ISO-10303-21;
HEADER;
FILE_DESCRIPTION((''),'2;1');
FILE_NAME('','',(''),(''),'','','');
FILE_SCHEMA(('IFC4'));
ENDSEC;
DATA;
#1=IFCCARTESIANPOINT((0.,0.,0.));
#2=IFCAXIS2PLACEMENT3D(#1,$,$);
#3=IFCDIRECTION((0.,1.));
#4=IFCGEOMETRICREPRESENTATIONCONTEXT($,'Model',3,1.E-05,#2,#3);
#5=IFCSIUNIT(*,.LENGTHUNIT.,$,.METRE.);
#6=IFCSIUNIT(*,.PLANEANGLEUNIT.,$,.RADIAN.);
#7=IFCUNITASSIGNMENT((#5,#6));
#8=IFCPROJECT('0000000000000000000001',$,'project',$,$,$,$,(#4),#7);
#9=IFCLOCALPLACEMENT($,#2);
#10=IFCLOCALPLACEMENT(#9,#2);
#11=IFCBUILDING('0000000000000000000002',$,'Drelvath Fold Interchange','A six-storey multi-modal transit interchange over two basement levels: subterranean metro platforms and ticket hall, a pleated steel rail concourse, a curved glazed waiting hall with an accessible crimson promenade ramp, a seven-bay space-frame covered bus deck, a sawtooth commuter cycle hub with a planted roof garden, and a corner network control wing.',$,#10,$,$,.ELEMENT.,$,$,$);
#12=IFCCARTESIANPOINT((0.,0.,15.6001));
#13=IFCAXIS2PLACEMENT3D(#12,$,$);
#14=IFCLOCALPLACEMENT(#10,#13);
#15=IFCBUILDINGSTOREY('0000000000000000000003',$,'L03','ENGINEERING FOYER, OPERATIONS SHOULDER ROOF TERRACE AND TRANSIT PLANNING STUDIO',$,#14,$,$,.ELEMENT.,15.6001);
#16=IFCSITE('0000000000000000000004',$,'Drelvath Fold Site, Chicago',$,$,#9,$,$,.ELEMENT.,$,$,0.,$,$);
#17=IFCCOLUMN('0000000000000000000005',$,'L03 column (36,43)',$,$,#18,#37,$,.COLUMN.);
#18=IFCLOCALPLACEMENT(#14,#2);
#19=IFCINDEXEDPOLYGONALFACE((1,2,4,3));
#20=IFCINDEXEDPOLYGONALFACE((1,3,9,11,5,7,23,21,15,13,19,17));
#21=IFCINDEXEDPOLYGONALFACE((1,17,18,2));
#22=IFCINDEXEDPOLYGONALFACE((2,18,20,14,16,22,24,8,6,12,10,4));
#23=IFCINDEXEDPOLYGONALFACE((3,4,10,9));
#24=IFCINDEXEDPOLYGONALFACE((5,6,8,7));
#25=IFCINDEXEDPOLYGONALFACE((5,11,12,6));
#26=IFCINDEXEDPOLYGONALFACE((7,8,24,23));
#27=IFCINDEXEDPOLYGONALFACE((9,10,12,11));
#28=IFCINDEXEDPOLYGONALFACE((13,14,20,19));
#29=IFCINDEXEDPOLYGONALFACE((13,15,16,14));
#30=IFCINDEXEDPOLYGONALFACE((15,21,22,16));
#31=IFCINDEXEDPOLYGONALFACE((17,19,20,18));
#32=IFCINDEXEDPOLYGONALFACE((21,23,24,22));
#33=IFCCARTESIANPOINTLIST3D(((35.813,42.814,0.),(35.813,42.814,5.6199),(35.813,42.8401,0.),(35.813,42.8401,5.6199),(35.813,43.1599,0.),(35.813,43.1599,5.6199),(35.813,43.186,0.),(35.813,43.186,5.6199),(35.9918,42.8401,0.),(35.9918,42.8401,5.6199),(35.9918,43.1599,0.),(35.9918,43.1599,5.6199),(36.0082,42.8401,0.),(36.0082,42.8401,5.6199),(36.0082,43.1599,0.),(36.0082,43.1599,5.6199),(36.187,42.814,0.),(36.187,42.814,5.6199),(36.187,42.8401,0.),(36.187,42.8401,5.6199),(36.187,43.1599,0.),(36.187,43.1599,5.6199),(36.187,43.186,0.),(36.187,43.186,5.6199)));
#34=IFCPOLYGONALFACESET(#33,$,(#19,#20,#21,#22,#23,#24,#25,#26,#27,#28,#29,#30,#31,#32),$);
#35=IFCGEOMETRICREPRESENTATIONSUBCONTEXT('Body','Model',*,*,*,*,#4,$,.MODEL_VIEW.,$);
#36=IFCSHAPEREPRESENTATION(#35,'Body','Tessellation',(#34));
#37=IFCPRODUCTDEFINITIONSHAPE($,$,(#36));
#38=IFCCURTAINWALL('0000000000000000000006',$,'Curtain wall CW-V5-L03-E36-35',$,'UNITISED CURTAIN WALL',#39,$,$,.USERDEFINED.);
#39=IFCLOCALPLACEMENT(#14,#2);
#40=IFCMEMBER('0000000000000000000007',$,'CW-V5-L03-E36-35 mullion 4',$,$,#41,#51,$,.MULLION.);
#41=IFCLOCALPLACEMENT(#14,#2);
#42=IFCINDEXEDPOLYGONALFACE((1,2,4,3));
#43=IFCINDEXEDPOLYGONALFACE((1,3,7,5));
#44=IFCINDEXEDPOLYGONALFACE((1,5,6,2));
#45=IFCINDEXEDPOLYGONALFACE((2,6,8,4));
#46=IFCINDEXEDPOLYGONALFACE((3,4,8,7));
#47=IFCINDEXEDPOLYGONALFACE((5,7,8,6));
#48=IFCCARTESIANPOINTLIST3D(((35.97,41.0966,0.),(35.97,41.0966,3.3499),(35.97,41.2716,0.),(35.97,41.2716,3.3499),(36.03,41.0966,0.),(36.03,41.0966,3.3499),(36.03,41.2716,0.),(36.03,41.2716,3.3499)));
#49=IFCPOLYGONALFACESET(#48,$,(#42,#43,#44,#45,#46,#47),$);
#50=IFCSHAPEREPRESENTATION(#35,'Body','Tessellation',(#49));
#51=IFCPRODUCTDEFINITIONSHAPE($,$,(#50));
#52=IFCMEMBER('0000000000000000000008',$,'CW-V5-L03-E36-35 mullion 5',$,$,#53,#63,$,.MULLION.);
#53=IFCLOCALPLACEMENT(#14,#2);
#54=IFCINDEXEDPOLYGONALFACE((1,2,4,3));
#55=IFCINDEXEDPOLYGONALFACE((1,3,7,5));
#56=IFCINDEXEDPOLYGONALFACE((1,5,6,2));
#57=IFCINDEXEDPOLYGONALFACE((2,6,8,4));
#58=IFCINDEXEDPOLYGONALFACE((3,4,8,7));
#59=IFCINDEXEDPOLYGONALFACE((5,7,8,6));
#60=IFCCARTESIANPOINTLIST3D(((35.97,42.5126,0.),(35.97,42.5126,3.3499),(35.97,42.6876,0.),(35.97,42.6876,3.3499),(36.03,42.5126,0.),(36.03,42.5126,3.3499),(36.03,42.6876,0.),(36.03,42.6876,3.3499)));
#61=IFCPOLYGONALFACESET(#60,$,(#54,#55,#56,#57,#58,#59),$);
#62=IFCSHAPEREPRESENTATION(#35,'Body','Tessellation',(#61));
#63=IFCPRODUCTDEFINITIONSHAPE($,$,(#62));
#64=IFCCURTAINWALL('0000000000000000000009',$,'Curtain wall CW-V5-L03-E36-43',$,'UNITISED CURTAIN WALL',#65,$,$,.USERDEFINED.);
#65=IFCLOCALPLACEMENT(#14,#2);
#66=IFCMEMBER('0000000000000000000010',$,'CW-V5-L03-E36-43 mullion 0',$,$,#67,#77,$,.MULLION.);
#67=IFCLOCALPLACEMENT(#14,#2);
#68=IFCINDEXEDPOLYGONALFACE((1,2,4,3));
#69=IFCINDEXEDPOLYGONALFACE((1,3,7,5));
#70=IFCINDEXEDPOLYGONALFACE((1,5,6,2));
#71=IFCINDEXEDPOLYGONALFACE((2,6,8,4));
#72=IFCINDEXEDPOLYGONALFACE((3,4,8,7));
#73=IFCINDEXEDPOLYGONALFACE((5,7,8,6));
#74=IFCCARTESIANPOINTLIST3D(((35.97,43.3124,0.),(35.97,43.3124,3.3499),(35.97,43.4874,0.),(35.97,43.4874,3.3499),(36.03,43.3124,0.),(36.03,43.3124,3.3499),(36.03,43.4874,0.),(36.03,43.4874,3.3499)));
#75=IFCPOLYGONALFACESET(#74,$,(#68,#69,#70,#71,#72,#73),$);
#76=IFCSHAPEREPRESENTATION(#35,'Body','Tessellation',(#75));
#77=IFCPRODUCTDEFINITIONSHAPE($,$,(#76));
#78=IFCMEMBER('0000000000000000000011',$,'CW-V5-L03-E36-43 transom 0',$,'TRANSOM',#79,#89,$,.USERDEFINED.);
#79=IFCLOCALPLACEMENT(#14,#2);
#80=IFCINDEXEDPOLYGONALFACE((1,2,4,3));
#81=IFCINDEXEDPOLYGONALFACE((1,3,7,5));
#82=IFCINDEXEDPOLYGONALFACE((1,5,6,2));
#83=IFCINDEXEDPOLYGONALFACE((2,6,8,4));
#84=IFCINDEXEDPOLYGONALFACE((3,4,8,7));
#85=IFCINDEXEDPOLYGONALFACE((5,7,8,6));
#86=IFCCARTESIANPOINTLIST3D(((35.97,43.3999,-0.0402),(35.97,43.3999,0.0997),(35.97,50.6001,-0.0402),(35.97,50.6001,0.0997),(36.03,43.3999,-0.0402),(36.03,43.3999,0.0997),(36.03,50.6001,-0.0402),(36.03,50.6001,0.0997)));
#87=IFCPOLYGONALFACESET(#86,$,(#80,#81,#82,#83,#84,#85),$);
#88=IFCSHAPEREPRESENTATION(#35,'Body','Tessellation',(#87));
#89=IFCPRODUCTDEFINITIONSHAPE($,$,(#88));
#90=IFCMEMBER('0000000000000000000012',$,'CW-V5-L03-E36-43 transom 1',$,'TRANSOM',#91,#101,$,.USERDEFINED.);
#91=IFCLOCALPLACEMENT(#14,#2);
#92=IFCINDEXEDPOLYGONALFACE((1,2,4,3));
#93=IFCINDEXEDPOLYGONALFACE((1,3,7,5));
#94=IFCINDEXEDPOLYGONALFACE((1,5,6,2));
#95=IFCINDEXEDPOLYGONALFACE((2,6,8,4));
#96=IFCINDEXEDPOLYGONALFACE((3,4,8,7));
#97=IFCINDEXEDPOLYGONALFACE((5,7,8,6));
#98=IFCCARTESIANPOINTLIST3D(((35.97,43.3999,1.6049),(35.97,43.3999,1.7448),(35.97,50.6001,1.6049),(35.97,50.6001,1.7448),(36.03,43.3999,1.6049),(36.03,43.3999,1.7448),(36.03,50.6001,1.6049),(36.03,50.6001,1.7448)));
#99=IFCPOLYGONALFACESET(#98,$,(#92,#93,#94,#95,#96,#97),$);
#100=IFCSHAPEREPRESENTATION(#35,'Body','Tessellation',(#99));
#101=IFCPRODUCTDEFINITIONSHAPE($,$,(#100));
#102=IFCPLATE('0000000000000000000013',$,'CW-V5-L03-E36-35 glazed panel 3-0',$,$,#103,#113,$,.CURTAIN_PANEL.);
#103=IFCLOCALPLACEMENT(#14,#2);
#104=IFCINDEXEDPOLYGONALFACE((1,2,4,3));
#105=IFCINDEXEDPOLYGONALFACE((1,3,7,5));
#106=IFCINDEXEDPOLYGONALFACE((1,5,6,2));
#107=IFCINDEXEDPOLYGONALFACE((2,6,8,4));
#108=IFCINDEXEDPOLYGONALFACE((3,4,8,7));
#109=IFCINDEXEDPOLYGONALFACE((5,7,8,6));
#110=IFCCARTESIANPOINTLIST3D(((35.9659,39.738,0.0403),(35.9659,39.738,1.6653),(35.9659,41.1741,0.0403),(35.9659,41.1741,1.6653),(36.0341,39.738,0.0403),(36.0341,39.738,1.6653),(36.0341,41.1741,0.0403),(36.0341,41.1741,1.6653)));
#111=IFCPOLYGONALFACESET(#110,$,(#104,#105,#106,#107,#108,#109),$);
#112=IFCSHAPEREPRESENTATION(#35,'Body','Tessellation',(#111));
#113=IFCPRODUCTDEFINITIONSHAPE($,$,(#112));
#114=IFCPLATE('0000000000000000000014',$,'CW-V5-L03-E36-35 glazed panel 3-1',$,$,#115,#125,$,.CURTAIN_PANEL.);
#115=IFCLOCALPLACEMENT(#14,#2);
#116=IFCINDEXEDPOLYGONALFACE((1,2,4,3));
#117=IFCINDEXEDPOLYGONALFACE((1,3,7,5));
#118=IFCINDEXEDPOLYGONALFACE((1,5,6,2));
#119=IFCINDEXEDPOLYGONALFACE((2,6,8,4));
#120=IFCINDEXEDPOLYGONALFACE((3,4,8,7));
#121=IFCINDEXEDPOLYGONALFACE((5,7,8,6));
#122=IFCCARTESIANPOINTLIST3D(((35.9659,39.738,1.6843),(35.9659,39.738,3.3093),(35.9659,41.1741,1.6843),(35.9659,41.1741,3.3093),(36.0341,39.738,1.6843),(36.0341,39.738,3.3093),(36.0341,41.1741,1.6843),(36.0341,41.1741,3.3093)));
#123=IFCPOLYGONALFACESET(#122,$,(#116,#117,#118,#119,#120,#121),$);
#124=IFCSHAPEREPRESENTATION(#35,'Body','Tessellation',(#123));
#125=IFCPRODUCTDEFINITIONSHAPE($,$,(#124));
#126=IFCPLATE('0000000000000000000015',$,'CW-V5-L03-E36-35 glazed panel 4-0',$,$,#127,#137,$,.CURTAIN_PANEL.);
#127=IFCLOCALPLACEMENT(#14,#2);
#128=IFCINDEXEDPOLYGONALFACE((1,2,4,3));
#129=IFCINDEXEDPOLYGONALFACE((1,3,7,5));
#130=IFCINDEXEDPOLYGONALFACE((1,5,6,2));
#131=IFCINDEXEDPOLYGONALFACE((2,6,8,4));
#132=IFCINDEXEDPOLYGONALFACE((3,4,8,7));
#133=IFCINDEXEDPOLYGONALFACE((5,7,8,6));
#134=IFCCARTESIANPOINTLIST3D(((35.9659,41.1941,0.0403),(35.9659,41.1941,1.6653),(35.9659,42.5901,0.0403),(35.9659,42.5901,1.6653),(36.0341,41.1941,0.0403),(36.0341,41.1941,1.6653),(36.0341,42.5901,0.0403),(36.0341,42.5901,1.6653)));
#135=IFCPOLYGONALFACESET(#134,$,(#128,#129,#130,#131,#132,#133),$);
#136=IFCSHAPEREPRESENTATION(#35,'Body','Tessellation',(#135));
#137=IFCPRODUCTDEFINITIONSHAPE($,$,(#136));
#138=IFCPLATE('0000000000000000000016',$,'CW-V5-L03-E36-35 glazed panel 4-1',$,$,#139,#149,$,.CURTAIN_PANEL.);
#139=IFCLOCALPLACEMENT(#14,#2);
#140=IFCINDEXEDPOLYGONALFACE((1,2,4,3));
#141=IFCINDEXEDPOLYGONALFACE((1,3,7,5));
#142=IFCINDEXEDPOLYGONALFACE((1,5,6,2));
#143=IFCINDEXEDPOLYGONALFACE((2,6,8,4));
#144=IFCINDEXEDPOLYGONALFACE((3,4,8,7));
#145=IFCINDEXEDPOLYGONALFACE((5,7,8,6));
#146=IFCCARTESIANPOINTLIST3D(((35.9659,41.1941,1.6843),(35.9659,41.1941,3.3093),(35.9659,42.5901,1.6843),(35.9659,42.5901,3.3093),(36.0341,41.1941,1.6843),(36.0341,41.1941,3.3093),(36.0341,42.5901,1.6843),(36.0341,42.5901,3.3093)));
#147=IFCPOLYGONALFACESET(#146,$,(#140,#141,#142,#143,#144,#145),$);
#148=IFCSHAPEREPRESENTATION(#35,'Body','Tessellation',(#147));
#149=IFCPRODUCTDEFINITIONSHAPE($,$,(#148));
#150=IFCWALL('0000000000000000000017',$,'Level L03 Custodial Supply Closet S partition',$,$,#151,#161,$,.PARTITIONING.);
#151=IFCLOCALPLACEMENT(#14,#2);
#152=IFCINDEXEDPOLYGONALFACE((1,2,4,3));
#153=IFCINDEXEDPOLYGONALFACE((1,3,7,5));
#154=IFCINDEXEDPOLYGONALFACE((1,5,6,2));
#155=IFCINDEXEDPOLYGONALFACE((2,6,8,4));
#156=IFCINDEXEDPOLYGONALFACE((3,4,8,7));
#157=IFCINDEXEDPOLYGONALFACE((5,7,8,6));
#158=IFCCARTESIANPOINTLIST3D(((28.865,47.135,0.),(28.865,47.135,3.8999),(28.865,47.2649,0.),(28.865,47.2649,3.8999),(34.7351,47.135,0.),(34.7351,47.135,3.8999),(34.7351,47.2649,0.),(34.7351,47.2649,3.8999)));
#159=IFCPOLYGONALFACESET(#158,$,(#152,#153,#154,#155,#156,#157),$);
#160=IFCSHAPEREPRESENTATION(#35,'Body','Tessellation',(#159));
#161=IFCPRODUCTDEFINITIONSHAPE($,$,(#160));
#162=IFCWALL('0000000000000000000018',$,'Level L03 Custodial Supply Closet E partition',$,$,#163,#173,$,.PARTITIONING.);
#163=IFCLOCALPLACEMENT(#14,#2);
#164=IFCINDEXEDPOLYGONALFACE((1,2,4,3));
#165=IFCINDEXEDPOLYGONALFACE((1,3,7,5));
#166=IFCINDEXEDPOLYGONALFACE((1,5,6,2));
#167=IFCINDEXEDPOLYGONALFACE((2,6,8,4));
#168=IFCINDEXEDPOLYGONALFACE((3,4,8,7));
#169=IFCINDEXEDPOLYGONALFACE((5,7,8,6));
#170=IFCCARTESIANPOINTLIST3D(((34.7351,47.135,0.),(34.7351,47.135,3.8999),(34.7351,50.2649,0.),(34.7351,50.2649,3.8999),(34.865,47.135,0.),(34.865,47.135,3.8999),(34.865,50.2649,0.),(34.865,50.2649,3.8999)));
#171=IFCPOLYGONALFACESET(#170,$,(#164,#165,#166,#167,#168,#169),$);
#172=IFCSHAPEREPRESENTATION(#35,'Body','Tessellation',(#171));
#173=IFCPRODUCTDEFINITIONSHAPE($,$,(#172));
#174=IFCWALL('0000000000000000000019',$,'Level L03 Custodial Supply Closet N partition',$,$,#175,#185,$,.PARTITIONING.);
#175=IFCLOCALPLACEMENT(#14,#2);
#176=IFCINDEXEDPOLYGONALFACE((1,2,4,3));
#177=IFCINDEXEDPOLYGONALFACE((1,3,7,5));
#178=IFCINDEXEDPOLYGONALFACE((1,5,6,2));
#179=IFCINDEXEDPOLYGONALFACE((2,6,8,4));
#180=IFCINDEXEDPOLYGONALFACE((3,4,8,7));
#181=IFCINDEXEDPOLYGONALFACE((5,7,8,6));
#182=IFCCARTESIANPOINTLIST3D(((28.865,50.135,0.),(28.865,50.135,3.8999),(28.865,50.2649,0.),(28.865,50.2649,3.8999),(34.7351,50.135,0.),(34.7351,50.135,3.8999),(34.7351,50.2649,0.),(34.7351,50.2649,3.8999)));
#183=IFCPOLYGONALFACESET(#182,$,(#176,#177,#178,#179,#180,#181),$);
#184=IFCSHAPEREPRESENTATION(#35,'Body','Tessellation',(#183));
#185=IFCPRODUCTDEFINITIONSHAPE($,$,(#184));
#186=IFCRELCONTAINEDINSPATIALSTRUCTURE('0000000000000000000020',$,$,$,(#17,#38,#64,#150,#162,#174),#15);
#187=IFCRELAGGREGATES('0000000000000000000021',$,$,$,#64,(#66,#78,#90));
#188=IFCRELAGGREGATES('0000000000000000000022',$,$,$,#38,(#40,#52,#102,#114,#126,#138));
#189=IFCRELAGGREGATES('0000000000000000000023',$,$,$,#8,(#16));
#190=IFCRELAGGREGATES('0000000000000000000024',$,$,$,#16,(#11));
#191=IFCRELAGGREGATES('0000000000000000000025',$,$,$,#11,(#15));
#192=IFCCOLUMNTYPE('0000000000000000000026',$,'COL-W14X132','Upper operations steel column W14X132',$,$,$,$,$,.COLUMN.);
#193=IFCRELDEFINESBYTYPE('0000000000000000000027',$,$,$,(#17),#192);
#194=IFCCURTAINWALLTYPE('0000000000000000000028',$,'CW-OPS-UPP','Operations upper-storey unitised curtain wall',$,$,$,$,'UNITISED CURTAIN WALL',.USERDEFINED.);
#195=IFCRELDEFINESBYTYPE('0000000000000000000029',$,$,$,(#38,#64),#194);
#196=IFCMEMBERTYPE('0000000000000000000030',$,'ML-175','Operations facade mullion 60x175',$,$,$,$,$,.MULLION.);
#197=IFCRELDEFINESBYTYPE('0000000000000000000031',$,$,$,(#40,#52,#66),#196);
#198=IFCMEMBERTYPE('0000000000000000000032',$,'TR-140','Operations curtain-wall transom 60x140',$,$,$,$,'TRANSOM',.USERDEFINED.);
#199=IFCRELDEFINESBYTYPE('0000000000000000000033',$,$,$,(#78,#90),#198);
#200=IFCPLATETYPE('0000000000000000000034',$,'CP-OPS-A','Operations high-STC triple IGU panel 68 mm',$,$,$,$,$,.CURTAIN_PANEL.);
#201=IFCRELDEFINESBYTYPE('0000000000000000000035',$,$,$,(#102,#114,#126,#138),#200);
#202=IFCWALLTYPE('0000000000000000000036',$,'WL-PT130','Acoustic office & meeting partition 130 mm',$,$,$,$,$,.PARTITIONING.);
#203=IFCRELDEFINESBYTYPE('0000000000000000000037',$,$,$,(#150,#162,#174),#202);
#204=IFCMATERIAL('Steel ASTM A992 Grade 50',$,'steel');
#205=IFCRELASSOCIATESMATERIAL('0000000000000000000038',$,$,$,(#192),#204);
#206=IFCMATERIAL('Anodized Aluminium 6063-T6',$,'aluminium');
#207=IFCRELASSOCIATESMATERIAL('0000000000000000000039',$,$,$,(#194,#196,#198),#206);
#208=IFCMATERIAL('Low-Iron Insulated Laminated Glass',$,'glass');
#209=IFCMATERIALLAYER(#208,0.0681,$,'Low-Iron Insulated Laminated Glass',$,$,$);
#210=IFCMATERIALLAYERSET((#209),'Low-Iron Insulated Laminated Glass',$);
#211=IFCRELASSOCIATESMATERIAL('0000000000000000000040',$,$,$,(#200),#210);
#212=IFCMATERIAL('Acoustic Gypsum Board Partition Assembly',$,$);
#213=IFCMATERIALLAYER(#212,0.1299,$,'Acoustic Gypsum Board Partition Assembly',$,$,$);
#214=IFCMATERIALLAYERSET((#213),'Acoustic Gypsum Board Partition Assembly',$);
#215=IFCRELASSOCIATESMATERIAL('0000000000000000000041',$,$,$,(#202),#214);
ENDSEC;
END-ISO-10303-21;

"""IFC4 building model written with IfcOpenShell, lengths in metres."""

from ifc_helpers import new_model, si_unit, direction, frame, frame_2d, origin, origin_2d, place, context, subcontext, project, spatial, rectangle, i_section, extrude, material, layer, layer_set, material_profile, profile_set, type_object, element, aggregate, save


model = new_model("IFC4")

# Units and contexts
model_context = context("Model", 3, precision=1e-05, world=origin(), true_north=direction((0.0, 1.0)))
body_context = subcontext(model_context, "Body", "Model", "MODEL_VIEW")
ifc_project = project(units=[si_unit("LENGTHUNIT", "METRE"), si_unit("PLANEANGLEUNIT", "RADIAN")], contexts=[model_context])

# Site, building, storey
site_placement = place(None, origin())
site = spatial("IfcSite", under=ifc_project, at=site_placement, Name="Drelvath Fold Site, Chicago", CompositionType="ELEMENT", RefElevation=0.0)
building_placement = place(site_placement, origin())
building = spatial("IfcBuilding", under=site, at=building_placement, Name="Drelvath Fold Interchange", Description="A six-storey multi-modal transit interchange over two basement levels: subterranean metro platforms and ticket hall, a pleated steel rail concourse, a curved glazed waiting hall with an accessible crimson promenade ramp, a seven-bay space-frame covered bus deck, a sawtooth commuter cycle hub with a planted roof garden, and a corner network control wing.", CompositionType="ELEMENT")
storey_placement = place(building_placement, frame((0.0, 0.0, 15.6001)))
storey = spatial("IfcBuildingStorey", under=building, at=storey_placement, Name="L03", Description="ENGINEERING FOYER, OPERATIONS SHOULDER ROOF TERRACE AND TRANSIT PLANNING STUDIO", CompositionType="ELEMENT", Elevation=15.6001)

# Column
ifc_material_1 = material(Name="Steel ASTM A992 Grade 50", Category="steel")
ifc_material_profile_1 = material_profile(ifc_material_1, i_section(OverallWidth=0.374, OverallDepth=0.3721, WebThickness=0.0164, FlangeThickness=0.0261, at=origin_2d()), Name="W14X132")
ifc_profile_set_1 = profile_set([ifc_material_profile_1], Name="Steel ASTM A992 Grade 50")
column_type = type_object("IfcColumnType", Name="COL-W14X132", Description="Upper operations steel column W14X132", PredefinedType="COLUMN", material=ifc_profile_set_1)
column_placement = place(storey_placement, frame((36.0, 43.0, 0.0), z_axis=(0.0, 0.0, 1.0), x_axis=(1.0, 0.0, 0.0)))
element("IfcColumn", 1, at=column_placement, inside=storey, type_object=column_type, Name="L03 column (36,43)", PredefinedType="COLUMN", context=body_context, shape_type="SweptSolid", body=[
    extrude(i_section(OverallWidth=0.374, OverallDepth=0.3721, WebThickness=0.0164, FlangeThickness=0.0261, at=origin_2d()), origin(), (0.0, 0.0, 1.0), 5.6199),
])

# Curtain walls, members
ifc_material_2 = material(Name="Anodized Aluminium 6063-T6", Category="aluminium")
curtain_wall_type = type_object("IfcCurtainWallType", Name="CW-OPS-UPP", Description="Operations upper-storey unitised curtain wall", ElementType="UNITISED CURTAIN WALL", PredefinedType="USERDEFINED", material=ifc_material_2)
curtain_wall_1_placement = place(storey_placement, origin())
curtain_wall_1 = element("IfcCurtainWall", 2, at=curtain_wall_1_placement, inside=storey, type_object=curtain_wall_type, Name="Curtain wall CW-V5-L03-E36-35", ObjectType="UNITISED CURTAIN WALL", PredefinedType="USERDEFINED")
ifc_material_profile_2 = material_profile(ifc_material_2, rectangle(XDim=0.0601, YDim=0.175, at=origin_2d()), Name="AL-M 60x175")
ifc_profile_set_2 = profile_set([ifc_material_profile_2], Name="Anodized Aluminium 6063-T6")
member_type_1 = type_object("IfcMemberType", Name="ML-175", Description="Operations facade mullion 60x175", PredefinedType="MULLION", material=ifc_profile_set_2)
member_1_placement = place(storey_placement, frame((36.0, 41.1841, 0.0), z_axis=(0.0, 0.0, 1.0), x_axis=(1.0, 0.0, 0.0)))
member_1 = element("IfcMember", 3, at=member_1_placement, type_object=member_type_1, Name="CW-V5-L03-E36-35 mullion 4", PredefinedType="MULLION", context=body_context, shape_type="SweptSolid", body=[
    extrude(rectangle(XDim=0.0601, YDim=0.175, at=origin_2d()), origin(), (0.0, 0.0, 1.0), 3.3499),
])
member_2_placement = place(storey_placement, frame((36.0, 42.6001, 0.0), z_axis=(0.0, 0.0, 1.0), x_axis=(1.0, 0.0, 0.0)))
member_2 = element("IfcMember", 4, at=member_2_placement, type_object=member_type_1, Name="CW-V5-L03-E36-35 mullion 5", PredefinedType="MULLION", context=body_context, shape_type="SweptSolid", body=[
    extrude(rectangle(XDim=0.0601, YDim=0.175, at=origin_2d()), origin(), (0.0, 0.0, 1.0), 3.3499),
])
curtain_wall_2_placement = place(storey_placement, origin())
curtain_wall_2 = element("IfcCurtainWall", 5, at=curtain_wall_2_placement, inside=storey, type_object=curtain_wall_type, Name="Curtain wall CW-V5-L03-E36-43", ObjectType="UNITISED CURTAIN WALL", PredefinedType="USERDEFINED")
member_3_placement = place(storey_placement, frame((36.0, 43.3999, 0.0), z_axis=(0.0, 0.0, 1.0), x_axis=(1.0, 0.0, 0.0)))
member_3 = element("IfcMember", 6, at=member_3_placement, type_object=member_type_1, Name="CW-V5-L03-E36-43 mullion 0", PredefinedType="MULLION", context=body_context, shape_type="SweptSolid", body=[
    extrude(rectangle(XDim=0.0601, YDim=0.175, at=origin_2d()), origin(), (0.0, 0.0, 1.0), 3.3499),
])
ifc_material_profile_3 = material_profile(ifc_material_2, rectangle(XDim=0.0601, YDim=0.1399, at=origin_2d()), Name="AL-T 60x140")
ifc_profile_set_3 = profile_set([ifc_material_profile_3], Name="Anodized Aluminium 6063-T6")
member_type_2 = type_object("IfcMemberType", Name="TR-140", Description="Operations curtain-wall transom 60x140", ElementType="TRANSOM", PredefinedType="USERDEFINED", material=ifc_profile_set_3)
member_4_placement = place(storey_placement, frame((36.0, 43.3999, 0.0298), z_axis=(0.0, 1.0, 0.0), x_axis=(-1.0, 0.0, 0.0)))
member_4 = element("IfcMember", 7, at=member_4_placement, type_object=member_type_2, Name="CW-V5-L03-E36-43 transom 0", ObjectType="TRANSOM", PredefinedType="USERDEFINED", context=body_context, shape_type="SweptSolid", body=[
    extrude(rectangle(XDim=0.0601, YDim=0.1399, at=origin_2d()), origin(), (0.0, 0.0, 1.0), 7.2002),
])
member_5_placement = place(storey_placement, frame((36.0, 43.3999, 1.6748), z_axis=(0.0, 1.0, 0.0), x_axis=(-1.0, 0.0, 0.0)))
member_5 = element("IfcMember", 8, at=member_5_placement, type_object=member_type_2, Name="CW-V5-L03-E36-43 transom 1", ObjectType="TRANSOM", PredefinedType="USERDEFINED", context=body_context, shape_type="SweptSolid", body=[
    extrude(rectangle(XDim=0.0601, YDim=0.1399, at=origin_2d()), origin(), (0.0, 0.0, 1.0), 7.2002),
])
aggregate(curtain_wall_2, [member_3, member_4, member_5])

# Plates
ifc_material_3 = material(Name="Low-Iron Insulated Laminated Glass", Category="glass")
ifc_layer_1 = layer(ifc_material_3, 0.0681, Name="Low-Iron Insulated Laminated Glass")
ifc_layer_set_1 = layer_set([ifc_layer_1], Name="Low-Iron Insulated Laminated Glass")
plate_type = type_object("IfcPlateType", Name="CP-OPS-A", Description="Operations high-STC triple IGU panel 68 mm", PredefinedType="CURTAIN_PANEL", material=ifc_layer_set_1)
plate_1_placement = place(storey_placement, frame((36.0, 40.4561, 0.0403), z_axis=(0.0, 0.0, 1.0), x_axis=(0.0, 1.0, 0.0)))
plate_1 = element("IfcPlate", 9, at=plate_1_placement, type_object=plate_type, Name="CW-V5-L03-E36-35 glazed panel 3-0", PredefinedType="CURTAIN_PANEL", context=body_context, shape_type="SweptSolid", body=[
    extrude(rectangle(XDim=1.436, YDim=0.0681, at=origin_2d()), origin(), (0.0, 0.0, 1.0), 1.625),
])
plate_2_placement = place(storey_placement, frame((36.0, 40.4561, 1.6843), z_axis=(0.0, 0.0, 1.0), x_axis=(0.0, 1.0, 0.0)))
plate_2 = element("IfcPlate", 10, at=plate_2_placement, type_object=plate_type, Name="CW-V5-L03-E36-35 glazed panel 3-1", PredefinedType="CURTAIN_PANEL", context=body_context, shape_type="SweptSolid", body=[
    extrude(rectangle(XDim=1.436, YDim=0.0681, at=origin_2d()), origin(), (0.0, 0.0, 1.0), 1.625),
])
plate_3_placement = place(storey_placement, frame((36.0, 41.8921, 0.0403), z_axis=(0.0, 0.0, 1.0), x_axis=(0.0, 1.0, 0.0)))
plate_3 = element("IfcPlate", 11, at=plate_3_placement, type_object=plate_type, Name="CW-V5-L03-E36-35 glazed panel 4-0", PredefinedType="CURTAIN_PANEL", context=body_context, shape_type="SweptSolid", body=[
    extrude(rectangle(XDim=1.396, YDim=0.0681, at=origin_2d()), origin(), (0.0, 0.0, 1.0), 1.625),
])
plate_4_placement = place(storey_placement, frame((36.0, 41.8921, 1.6843), z_axis=(0.0, 0.0, 1.0), x_axis=(0.0, 1.0, 0.0)))
plate_4 = element("IfcPlate", 12, at=plate_4_placement, type_object=plate_type, Name="CW-V5-L03-E36-35 glazed panel 4-1", PredefinedType="CURTAIN_PANEL", context=body_context, shape_type="SweptSolid", body=[
    extrude(rectangle(XDim=1.396, YDim=0.0681, at=origin_2d()), origin(), (0.0, 0.0, 1.0), 1.625),
])
aggregate(curtain_wall_1, [member_1, member_2, plate_1, plate_2, plate_3, plate_4])

# Walls
ifc_material_4 = material(Name="Acoustic Gypsum Board Partition Assembly")
ifc_layer_2 = layer(ifc_material_4, 0.1299, Name="Acoustic Gypsum Board Partition Assembly")
ifc_layer_set_2 = layer_set([ifc_layer_2], Name="Acoustic Gypsum Board Partition Assembly")
wall_type_1 = type_object("IfcWallType", Name="WL-PT130", Description="Acoustic office & meeting partition 130 mm", PredefinedType="PARTITIONING", material=ifc_layer_set_2)
wall_1_placement = place(storey_placement, frame((28.865, 47.2, 0.0), z_axis=(0.0, 0.0, 1.0), x_axis=(1.0, 0.0, 0.0)))
element("IfcWall", 13, at=wall_1_placement, inside=storey, type_object=wall_type_1, Name="Level L03 Custodial Supply Closet S partition", PredefinedType="PARTITIONING", context=body_context, shape_type="SweptSolid", body=[
    extrude(rectangle(XDim=5.8701, YDim=0.1299, at=frame_2d((2.9351, 0.0))), origin(), (0.0, 0.0, 1.0), 3.8999),
])
wall_2_placement = place(storey_placement, frame((34.8, 47.135, 0.0), z_axis=(0.0, 0.0, 1.0), x_axis=(0.0, 1.0, 0.0)))
element("IfcWall", 14, at=wall_2_placement, inside=storey, type_object=wall_type_1, Name="Level L03 Custodial Supply Closet E partition", PredefinedType="PARTITIONING", context=body_context, shape_type="SweptSolid", body=[
    extrude(rectangle(XDim=3.1299, YDim=0.1299, at=frame_2d((1.5649, 0.0))), origin(), (0.0, 0.0, 1.0), 3.8999),
])
wall_3_placement = place(storey_placement, frame((34.7351, 50.2, 0.0), z_axis=(0.0, 0.0, 1.0), x_axis=(-1.0, 0.0, 0.0)))
element("IfcWall", 15, at=wall_3_placement, inside=storey, type_object=wall_type_1, Name="Level L03 Custodial Supply Closet N partition", PredefinedType="PARTITIONING", context=body_context, shape_type="SweptSolid", body=[
    extrude(rectangle(XDim=5.8701, YDim=0.1299, at=frame_2d((2.9351, 0.0))), origin(), (0.0, 0.0, 1.0), 3.8999),
])

save(model, "model.ifc")
